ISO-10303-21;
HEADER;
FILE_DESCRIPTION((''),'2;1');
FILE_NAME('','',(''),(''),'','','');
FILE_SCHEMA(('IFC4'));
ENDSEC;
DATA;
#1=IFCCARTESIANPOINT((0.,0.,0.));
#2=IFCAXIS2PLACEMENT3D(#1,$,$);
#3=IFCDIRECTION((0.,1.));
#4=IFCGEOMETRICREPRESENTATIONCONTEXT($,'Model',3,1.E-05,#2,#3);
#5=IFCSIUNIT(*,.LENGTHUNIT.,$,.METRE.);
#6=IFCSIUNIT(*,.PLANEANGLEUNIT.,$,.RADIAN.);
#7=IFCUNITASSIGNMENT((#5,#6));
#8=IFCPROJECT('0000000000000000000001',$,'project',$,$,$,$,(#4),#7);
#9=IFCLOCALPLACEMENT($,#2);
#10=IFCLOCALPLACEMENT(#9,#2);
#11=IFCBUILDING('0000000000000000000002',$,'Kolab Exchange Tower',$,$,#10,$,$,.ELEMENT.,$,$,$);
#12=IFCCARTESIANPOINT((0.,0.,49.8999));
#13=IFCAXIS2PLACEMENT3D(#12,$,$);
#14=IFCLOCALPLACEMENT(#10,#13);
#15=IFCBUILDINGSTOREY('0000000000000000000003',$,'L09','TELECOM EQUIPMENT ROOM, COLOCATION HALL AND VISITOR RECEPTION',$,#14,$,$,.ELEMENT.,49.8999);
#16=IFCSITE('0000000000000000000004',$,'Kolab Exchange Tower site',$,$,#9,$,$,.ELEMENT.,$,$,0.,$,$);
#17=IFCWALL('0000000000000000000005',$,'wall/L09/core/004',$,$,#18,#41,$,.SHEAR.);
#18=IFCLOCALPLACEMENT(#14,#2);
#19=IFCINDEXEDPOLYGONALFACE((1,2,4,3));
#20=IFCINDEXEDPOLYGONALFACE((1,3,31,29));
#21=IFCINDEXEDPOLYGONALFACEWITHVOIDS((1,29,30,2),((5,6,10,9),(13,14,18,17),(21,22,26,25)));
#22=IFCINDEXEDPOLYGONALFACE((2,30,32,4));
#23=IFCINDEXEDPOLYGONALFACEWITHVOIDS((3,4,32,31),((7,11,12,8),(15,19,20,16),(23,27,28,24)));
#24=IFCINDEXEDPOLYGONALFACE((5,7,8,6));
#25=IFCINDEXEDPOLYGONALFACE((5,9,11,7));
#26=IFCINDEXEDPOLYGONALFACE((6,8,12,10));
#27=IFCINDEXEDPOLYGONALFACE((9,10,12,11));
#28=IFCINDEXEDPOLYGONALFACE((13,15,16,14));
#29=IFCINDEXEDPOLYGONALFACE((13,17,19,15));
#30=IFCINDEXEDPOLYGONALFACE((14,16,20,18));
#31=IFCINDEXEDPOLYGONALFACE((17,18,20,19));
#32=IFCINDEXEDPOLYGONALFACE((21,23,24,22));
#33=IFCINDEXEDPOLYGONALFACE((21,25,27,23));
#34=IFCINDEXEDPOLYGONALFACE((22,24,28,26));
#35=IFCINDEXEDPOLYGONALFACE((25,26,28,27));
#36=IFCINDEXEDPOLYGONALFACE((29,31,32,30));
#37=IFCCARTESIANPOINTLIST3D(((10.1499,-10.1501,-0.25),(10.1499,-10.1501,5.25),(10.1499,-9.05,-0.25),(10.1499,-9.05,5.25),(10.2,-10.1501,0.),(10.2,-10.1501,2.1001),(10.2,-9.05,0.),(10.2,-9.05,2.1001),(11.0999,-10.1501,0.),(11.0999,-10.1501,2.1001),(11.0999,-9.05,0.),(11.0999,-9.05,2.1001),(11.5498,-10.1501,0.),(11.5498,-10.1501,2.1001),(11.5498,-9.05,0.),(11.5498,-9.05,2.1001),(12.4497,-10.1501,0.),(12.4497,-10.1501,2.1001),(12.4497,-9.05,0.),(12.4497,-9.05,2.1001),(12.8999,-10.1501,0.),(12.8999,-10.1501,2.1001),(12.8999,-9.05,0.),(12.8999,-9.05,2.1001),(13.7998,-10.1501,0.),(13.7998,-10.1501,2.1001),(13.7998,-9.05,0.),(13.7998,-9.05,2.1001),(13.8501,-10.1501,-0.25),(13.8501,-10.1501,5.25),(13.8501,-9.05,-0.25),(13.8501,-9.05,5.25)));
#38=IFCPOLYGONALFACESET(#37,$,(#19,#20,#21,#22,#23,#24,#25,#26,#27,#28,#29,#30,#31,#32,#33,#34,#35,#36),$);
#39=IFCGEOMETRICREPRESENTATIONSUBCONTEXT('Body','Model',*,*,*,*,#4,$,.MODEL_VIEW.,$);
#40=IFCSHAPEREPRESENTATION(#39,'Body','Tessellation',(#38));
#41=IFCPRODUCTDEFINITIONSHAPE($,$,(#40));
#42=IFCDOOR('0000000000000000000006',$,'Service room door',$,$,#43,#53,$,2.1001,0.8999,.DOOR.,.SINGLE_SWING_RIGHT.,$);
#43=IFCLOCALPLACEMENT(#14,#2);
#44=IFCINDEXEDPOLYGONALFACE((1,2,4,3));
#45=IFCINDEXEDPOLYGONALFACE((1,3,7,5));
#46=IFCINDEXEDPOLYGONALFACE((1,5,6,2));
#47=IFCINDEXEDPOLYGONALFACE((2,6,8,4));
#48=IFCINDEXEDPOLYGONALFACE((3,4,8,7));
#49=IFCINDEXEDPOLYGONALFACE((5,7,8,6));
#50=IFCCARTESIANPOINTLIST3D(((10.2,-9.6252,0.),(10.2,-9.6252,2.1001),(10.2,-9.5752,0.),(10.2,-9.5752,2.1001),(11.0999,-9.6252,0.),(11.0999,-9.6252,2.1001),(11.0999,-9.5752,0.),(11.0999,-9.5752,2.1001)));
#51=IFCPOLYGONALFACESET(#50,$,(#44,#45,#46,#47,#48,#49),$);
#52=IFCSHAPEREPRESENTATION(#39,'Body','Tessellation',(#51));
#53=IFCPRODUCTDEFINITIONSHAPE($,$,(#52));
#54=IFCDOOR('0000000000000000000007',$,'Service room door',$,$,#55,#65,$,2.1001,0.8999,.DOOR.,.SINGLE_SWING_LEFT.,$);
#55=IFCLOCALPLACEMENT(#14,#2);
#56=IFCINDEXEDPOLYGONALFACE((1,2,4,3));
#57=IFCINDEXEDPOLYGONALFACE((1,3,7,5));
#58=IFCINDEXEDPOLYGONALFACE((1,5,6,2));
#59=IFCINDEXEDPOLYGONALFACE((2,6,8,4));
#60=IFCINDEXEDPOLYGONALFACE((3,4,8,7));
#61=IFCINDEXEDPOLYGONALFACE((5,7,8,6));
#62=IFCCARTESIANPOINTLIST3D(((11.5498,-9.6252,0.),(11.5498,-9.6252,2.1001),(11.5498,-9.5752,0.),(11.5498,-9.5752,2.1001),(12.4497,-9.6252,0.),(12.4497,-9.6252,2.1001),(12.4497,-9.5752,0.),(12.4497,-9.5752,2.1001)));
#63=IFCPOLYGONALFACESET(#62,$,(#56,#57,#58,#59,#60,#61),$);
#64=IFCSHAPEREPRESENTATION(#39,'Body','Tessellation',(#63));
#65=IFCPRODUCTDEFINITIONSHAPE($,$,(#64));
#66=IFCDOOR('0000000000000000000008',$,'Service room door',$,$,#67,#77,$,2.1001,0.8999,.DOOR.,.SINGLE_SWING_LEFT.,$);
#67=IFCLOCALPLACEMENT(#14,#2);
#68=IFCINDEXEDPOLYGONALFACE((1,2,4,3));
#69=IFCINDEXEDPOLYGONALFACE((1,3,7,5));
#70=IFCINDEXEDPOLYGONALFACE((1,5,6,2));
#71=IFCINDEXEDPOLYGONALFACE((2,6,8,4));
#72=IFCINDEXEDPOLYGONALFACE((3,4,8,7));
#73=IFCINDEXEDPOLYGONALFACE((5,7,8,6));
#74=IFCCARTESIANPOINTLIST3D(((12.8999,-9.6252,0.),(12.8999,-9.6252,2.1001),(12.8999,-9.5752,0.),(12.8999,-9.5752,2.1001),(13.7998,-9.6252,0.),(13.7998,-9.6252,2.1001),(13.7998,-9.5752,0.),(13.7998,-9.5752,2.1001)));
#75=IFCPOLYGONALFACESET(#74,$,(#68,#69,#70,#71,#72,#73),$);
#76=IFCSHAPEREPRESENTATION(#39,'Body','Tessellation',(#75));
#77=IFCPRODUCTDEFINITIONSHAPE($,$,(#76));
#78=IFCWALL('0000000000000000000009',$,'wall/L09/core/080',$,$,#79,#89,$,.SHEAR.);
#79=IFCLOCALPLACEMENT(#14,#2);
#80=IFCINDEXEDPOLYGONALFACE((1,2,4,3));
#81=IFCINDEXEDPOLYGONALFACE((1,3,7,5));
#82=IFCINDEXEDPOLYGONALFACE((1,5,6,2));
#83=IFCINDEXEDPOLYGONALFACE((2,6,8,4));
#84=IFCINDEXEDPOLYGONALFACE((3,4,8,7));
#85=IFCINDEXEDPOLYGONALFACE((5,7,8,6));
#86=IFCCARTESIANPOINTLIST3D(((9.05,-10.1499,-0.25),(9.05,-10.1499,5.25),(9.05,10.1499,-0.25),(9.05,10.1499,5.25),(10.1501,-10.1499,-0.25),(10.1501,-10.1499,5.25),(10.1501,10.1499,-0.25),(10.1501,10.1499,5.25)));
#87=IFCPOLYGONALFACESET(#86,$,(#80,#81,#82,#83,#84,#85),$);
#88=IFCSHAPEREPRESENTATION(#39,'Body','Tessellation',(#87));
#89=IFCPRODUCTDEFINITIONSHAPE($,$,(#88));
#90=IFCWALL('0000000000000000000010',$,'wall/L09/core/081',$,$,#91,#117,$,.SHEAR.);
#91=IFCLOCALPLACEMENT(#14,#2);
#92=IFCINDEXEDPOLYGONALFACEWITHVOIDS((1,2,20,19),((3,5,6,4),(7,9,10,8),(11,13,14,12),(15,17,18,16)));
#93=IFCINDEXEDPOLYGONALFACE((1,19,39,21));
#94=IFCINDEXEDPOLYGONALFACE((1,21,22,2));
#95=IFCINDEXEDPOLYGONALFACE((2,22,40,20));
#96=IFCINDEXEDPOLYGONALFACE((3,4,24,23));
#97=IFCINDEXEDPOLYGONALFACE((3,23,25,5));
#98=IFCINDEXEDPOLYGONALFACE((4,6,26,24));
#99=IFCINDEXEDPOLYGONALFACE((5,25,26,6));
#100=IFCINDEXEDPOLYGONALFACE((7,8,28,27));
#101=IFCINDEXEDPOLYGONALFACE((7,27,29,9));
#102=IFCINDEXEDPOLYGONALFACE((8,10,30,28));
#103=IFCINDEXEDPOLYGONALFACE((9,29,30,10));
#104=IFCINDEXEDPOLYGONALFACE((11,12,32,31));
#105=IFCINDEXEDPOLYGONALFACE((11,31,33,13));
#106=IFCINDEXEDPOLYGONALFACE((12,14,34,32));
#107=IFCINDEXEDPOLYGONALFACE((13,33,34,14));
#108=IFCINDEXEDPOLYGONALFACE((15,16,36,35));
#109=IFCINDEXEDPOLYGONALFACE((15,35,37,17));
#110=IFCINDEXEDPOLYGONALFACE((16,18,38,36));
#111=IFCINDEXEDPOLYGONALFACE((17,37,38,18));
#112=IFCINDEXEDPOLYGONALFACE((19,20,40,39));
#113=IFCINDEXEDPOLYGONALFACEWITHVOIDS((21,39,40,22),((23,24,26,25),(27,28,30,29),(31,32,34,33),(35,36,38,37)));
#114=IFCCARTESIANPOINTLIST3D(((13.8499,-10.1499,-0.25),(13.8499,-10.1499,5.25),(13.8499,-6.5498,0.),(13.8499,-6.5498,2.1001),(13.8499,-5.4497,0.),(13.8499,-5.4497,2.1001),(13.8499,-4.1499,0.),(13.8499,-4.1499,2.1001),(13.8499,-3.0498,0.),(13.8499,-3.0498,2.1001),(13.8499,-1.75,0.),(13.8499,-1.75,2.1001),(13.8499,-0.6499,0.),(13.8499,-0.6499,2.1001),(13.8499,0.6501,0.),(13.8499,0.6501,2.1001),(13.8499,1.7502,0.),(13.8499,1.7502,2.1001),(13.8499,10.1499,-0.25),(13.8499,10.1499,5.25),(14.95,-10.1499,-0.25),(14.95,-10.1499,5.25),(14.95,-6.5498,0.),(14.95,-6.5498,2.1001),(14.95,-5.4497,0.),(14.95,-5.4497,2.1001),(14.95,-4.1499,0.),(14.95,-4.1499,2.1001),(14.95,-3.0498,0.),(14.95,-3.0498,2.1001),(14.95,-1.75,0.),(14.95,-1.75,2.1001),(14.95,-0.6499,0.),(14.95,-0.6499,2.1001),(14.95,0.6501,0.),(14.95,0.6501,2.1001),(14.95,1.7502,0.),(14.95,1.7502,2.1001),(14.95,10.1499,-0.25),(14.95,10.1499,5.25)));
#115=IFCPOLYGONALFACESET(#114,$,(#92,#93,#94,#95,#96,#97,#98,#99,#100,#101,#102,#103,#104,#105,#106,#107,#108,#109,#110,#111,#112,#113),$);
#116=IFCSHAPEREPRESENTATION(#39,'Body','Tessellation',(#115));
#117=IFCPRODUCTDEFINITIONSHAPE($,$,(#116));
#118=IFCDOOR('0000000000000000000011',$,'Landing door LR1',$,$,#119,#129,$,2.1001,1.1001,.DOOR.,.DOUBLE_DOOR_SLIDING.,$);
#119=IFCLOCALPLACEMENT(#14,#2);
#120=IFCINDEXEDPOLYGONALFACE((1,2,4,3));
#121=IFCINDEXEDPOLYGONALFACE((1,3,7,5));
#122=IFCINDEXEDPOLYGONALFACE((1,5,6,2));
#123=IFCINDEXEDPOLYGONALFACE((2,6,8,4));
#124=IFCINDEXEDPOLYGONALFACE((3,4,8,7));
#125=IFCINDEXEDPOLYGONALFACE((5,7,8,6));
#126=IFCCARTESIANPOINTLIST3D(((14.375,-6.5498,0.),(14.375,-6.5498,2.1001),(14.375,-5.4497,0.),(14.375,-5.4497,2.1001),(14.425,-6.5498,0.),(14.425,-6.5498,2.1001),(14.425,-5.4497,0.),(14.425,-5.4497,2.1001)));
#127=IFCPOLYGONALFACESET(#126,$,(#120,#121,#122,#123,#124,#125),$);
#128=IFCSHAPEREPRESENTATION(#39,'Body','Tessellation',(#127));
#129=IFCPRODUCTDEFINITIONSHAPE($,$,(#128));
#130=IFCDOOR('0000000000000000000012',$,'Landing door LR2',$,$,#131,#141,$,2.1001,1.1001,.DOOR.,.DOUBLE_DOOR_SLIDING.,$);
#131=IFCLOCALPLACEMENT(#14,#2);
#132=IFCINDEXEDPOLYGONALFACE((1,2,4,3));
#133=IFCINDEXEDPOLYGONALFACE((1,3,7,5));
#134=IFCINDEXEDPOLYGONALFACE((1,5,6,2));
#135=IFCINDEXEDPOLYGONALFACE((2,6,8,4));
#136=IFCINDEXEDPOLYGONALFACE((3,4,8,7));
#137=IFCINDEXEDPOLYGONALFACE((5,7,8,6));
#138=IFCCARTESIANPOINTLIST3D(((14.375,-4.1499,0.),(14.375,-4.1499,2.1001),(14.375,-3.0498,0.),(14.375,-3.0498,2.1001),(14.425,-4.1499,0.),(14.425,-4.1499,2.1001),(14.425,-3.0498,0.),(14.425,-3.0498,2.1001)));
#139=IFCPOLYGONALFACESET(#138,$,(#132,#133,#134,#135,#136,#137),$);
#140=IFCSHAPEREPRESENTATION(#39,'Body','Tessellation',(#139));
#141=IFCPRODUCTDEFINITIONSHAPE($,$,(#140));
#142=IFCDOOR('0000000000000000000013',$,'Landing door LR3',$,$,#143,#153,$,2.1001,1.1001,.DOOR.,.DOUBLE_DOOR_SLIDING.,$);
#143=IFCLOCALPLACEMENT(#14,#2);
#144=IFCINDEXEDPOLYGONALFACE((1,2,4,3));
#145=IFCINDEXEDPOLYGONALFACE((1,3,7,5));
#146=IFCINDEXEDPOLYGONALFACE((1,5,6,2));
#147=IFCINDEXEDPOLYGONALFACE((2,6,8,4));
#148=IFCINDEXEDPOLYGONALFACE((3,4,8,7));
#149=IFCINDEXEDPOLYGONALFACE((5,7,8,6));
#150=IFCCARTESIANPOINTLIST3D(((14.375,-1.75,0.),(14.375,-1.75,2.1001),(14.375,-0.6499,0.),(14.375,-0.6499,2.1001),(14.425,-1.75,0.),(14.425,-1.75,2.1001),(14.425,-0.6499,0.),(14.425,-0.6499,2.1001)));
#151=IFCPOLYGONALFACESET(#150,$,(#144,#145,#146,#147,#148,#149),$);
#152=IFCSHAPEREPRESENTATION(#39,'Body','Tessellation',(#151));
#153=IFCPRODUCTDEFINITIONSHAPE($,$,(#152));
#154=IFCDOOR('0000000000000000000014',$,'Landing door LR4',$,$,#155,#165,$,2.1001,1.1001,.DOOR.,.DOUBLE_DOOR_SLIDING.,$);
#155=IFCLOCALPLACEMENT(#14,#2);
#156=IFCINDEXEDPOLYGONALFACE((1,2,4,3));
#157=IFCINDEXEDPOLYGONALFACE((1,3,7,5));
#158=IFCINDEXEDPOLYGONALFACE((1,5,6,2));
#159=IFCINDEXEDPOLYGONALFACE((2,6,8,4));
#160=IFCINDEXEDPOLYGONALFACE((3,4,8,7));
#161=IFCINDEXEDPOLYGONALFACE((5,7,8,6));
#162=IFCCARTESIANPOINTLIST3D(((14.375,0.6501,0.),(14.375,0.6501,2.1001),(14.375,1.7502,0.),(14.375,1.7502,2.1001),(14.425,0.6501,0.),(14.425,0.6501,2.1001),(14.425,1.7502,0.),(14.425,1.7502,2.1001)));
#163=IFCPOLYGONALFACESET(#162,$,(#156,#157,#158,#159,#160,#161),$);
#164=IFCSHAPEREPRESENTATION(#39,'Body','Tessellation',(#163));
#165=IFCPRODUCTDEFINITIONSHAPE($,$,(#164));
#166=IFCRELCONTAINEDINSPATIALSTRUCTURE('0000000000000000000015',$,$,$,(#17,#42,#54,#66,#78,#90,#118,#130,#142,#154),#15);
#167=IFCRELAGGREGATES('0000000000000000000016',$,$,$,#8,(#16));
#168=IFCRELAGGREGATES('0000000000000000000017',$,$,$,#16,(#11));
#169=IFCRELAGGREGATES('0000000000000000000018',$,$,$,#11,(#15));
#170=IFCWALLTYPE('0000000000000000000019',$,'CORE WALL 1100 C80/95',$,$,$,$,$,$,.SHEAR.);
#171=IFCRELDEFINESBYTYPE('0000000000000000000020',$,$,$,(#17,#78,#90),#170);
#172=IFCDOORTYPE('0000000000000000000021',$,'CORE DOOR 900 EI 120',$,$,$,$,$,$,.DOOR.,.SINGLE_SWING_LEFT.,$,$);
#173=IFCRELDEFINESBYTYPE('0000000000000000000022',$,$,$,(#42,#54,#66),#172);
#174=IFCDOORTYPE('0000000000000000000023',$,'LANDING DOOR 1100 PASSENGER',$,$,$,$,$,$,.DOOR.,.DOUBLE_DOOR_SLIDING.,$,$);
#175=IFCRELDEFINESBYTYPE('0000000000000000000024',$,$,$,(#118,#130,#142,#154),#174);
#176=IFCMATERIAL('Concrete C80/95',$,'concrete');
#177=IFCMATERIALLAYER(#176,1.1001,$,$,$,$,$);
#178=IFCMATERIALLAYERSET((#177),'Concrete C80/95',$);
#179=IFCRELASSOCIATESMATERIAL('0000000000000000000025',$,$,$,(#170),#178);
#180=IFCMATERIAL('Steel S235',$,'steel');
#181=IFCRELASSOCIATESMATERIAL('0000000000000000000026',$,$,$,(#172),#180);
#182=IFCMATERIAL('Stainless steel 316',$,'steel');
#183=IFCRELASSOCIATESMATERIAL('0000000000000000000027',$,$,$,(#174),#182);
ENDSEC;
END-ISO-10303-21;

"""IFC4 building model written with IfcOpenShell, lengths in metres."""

from ifc_helpers import new_model, si_unit, direction, frame, frame_2d, origin, place, context, subcontext, project, spatial, rectangle, extrude, material, layer, layer_set, type_object, element, fill, save


model = new_model("IFC4")

# Units and contexts
model_context = context("Model", 3, precision=1e-05, world=origin(), true_north=direction((0.0, 1.0)))
body_context = subcontext(model_context, "Body", "Model", "MODEL_VIEW")
ifc_project = project(units=[si_unit("LENGTHUNIT", "METRE"), si_unit("PLANEANGLEUNIT", "RADIAN")], contexts=[model_context])

# Site, building, storey
site_placement = place(None, origin())
site = spatial("IfcSite", under=ifc_project, at=site_placement, Name="Kolab Exchange Tower site", CompositionType="ELEMENT", RefElevation=0.0)
building_placement = place(site_placement, origin())
building = spatial("IfcBuilding", under=site, at=building_placement, Name="Kolab Exchange Tower", CompositionType="ELEMENT")
storey_placement = place(building_placement, frame((0.0, 0.0, 49.8999)))
storey = spatial("IfcBuildingStorey", under=building, at=storey_placement, Name="L09", Description="TELECOM EQUIPMENT ROOM, COLOCATION HALL AND VISITOR RECEPTION", CompositionType="ELEMENT", Elevation=49.8999)

# Shared definitions
ifc_material_1 = material(Name="Concrete C80/95", Category="concrete")

# Wall, openings, doors
ifc_layer_1 = layer(ifc_material_1, 1.1001)
ifc_layer_set_1 = layer_set([ifc_layer_1], Name="Concrete C80/95")
wall_type_1 = type_object("IfcWallType", Name="CORE WALL 1100 C80/95", PredefinedType="SHEAR", material=ifc_layer_set_1)
wall_1_placement = place(storey_placement, frame((10.1499, -9.6001, -0.25), z_axis=(0.0, 0.0, 1.0), x_axis=(1.0, 0.0, 0.0)))
wall_1 = element("IfcWall", 1, at=wall_1_placement, inside=storey, type_object=wall_type_1, Name="wall/L09/core/004", PredefinedType="SHEAR", context=body_context, shape_type="SweptSolid", body=[
    extrude(rectangle(XDim=3.7002, YDim=1.1001, at=frame_2d((1.8501, 0.0))), origin(), (0.0, 0.0, 1.0), 5.5),
])
opening_1_placement = place(wall_1_placement, frame((0.05, 0.0, 0.25)))
opening_1 = element("IfcOpeningElement", 2, at=opening_1_placement, cuts=wall_1, PredefinedType="OPENING", context=body_context, shape_type="SweptSolid", body=[
    extrude(rectangle(XDim=0.8999, YDim=2.1001, at=frame_2d((0.45, 1.05))), frame((0.0, 0.5601, 0.0), z_axis=(0.0, -1.0, 0.0), x_axis=(1.0, 0.0, 0.0)), (0.0, 0.0, 1.0), 1.1201),
])
opening_2_placement = place(wall_1_placement, frame((1.3999, 0.0, 0.25)))
opening_2 = element("IfcOpeningElement", 3, at=opening_2_placement, cuts=wall_1, PredefinedType="OPENING", context=body_context, shape_type="SweptSolid", body=[
    extrude(rectangle(XDim=0.8999, YDim=2.1001, at=frame_2d((0.45, 1.05))), frame((0.0, 0.5601, 0.0), z_axis=(0.0, -1.0, 0.0), x_axis=(1.0, 0.0, 0.0)), (0.0, 0.0, 1.0), 1.1201),
])
opening_3_placement = place(wall_1_placement, frame((2.75, 0.0, 0.25)))
opening_3 = element("IfcOpeningElement", 4, at=opening_3_placement, cuts=wall_1, PredefinedType="OPENING", context=body_context, shape_type="SweptSolid", body=[
    extrude(rectangle(XDim=0.8999, YDim=2.1001, at=frame_2d((0.45, 1.05))), frame((0.0, 0.5601, 0.0), z_axis=(0.0, -1.0, 0.0), x_axis=(1.0, 0.0, 0.0)), (0.0, 0.0, 1.0), 1.1201),
])
ifc_material_2 = material(Name="Steel S235", Category="steel")
door_type_1 = type_object("IfcDoorType", Name="CORE DOOR 900 EI 120", OperationType="SINGLE_SWING_LEFT", PredefinedType="DOOR", material=ifc_material_2)
door_1_placement = place(opening_1_placement, origin())
door_1 = element("IfcDoor", 5, at=door_1_placement, inside=storey, type_object=door_type_1, Name="Service room door", OperationType="SINGLE_SWING_RIGHT", OverallHeight=2.1001, OverallWidth=0.8999, PredefinedType="DOOR", context=body_context, shape_type="SweptSolid", body=[
    extrude(rectangle(XDim=0.8999, YDim=2.1001, at=frame_2d((0.45, 1.05))), frame((0.0, 0.0249, 0.0), z_axis=(0.0, -1.0, 0.0), x_axis=(1.0, 0.0, 0.0)), (0.0, 0.0, 1.0), 0.05),
])
fill(opening_1, door_1)
door_2_placement = place(opening_2_placement, origin())
door_2 = element("IfcDoor", 6, at=door_2_placement, inside=storey, type_object=door_type_1, Name="Service room door", OperationType="SINGLE_SWING_LEFT", OverallHeight=2.1001, OverallWidth=0.8999, PredefinedType="DOOR", context=body_context, shape_type="SweptSolid", body=[
    extrude(rectangle(XDim=0.8999, YDim=2.1001, at=frame_2d((0.45, 1.05))), frame((0.0, 0.0249, 0.0), z_axis=(0.0, -1.0, 0.0), x_axis=(1.0, 0.0, 0.0)), (0.0, 0.0, 1.0), 0.05),
])
fill(opening_2, door_2)
door_3_placement = place(opening_3_placement, origin())
door_3 = element("IfcDoor", 7, at=door_3_placement, inside=storey, type_object=door_type_1, Name="Service room door", OperationType="SINGLE_SWING_LEFT", OverallHeight=2.1001, OverallWidth=0.8999, PredefinedType="DOOR", context=body_context, shape_type="SweptSolid", body=[
    extrude(rectangle(XDim=0.8999, YDim=2.1001, at=frame_2d((0.45, 1.05))), frame((0.0, 0.0249, 0.0), z_axis=(0.0, -1.0, 0.0), x_axis=(1.0, 0.0, 0.0)), (0.0, 0.0, 1.0), 0.05),
])
fill(opening_3, door_3)

# Wall
wall_2_placement = place(storey_placement, frame((9.6001, -10.1499, -0.25), z_axis=(0.0, 0.0, 1.0), x_axis=(0.0, 1.0, 0.0)))
element("IfcWall", 8, at=wall_2_placement, inside=storey, type_object=wall_type_1, Name="wall/L09/core/080", PredefinedType="SHEAR", context=body_context, shape_type="SweptSolid", body=[
    extrude(rectangle(XDim=20.2998, YDim=1.1001, at=frame_2d((10.1499, 0.0))), origin(), (0.0, 0.0, 1.0), 5.5),
])

# Wall, openings, doors
wall_3_placement = place(storey_placement, frame((14.3999, -10.1499, -0.25), z_axis=(0.0, 0.0, 1.0), x_axis=(0.0, 1.0, 0.0)))
wall_3 = element("IfcWall", 9, at=wall_3_placement, inside=storey, type_object=wall_type_1, Name="wall/L09/core/081", PredefinedType="SHEAR", context=body_context, shape_type="SweptSolid", body=[
    extrude(rectangle(XDim=20.2998, YDim=1.1001, at=frame_2d((10.1499, 0.0))), origin(), (0.0, 0.0, 1.0), 5.5),
])
opening_4_placement = place(wall_3_placement, frame((3.6001, 0.0, 0.25)))
opening_4 = element("IfcOpeningElement", 10, at=opening_4_placement, cuts=wall_3, PredefinedType="OPENING", context=body_context, shape_type="SweptSolid", body=[
    extrude(rectangle(XDim=1.1001, YDim=2.1001, at=frame_2d((0.55, 1.05))), frame((0.0, 0.5601, 0.0), z_axis=(0.0, -1.0, 0.0), x_axis=(1.0, 0.0, 0.0)), (0.0, 0.0, 1.0), 1.1201),
])
opening_5_placement = place(wall_3_placement, frame((6.0, 0.0, 0.25)))
opening_5 = element("IfcOpeningElement", 11, at=opening_5_placement, cuts=wall_3, PredefinedType="OPENING", context=body_context, shape_type="SweptSolid", body=[
    extrude(rectangle(XDim=1.1001, YDim=2.1001, at=frame_2d((0.55, 1.05))), frame((0.0, 0.5601, 0.0), z_axis=(0.0, -1.0, 0.0), x_axis=(1.0, 0.0, 0.0)), (0.0, 0.0, 1.0), 1.1201),
])
opening_6_placement = place(wall_3_placement, frame((8.3999, 0.0, 0.25)))
opening_6 = element("IfcOpeningElement", 12, at=opening_6_placement, cuts=wall_3, PredefinedType="OPENING", context=body_context, shape_type="SweptSolid", body=[
    extrude(rectangle(XDim=1.1001, YDim=2.1001, at=frame_2d((0.55, 1.05))), frame((0.0, 0.5601, 0.0), z_axis=(0.0, -1.0, 0.0), x_axis=(1.0, 0.0, 0.0)), (0.0, 0.0, 1.0), 1.1201),
])
opening_7_placement = place(wall_3_placement, frame((10.8, 0.0, 0.25)))
opening_7 = element("IfcOpeningElement", 13, at=opening_7_placement, cuts=wall_3, PredefinedType="OPENING", context=body_context, shape_type="SweptSolid", body=[
    extrude(rectangle(XDim=1.1001, YDim=2.1001, at=frame_2d((0.55, 1.05))), frame((0.0, 0.5601, 0.0), z_axis=(0.0, -1.0, 0.0), x_axis=(1.0, 0.0, 0.0)), (0.0, 0.0, 1.0), 1.1201),
])
ifc_material_3 = material(Name="Stainless steel 316", Category="steel")
door_type_2 = type_object("IfcDoorType", Name="LANDING DOOR 1100 PASSENGER", OperationType="DOUBLE_DOOR_SLIDING", PredefinedType="DOOR", material=ifc_material_3)
door_4_placement = place(opening_4_placement, origin())
door_4 = element("IfcDoor", 14, at=door_4_placement, inside=storey, type_object=door_type_2, Name="Landing door LR1", OperationType="DOUBLE_DOOR_SLIDING", OverallHeight=2.1001, OverallWidth=1.1001, PredefinedType="DOOR", context=body_context, shape_type="SweptSolid", body=[
    extrude(rectangle(XDim=1.1001, YDim=2.1001, at=frame_2d((0.55, 1.05))), frame((0.0, 0.0249, 0.0), z_axis=(0.0, -1.0, 0.0), x_axis=(1.0, 0.0, 0.0)), (0.0, 0.0, 1.0), 0.05),
])
fill(opening_4, door_4)
door_5_placement = place(opening_5_placement, origin())
door_5 = element("IfcDoor", 15, at=door_5_placement, inside=storey, type_object=door_type_2, Name="Landing door LR2", OperationType="DOUBLE_DOOR_SLIDING", OverallHeight=2.1001, OverallWidth=1.1001, PredefinedType="DOOR", context=body_context, shape_type="SweptSolid", body=[
    extrude(rectangle(XDim=1.1001, YDim=2.1001, at=frame_2d((0.55, 1.05))), frame((0.0, 0.0249, 0.0), z_axis=(0.0, -1.0, 0.0), x_axis=(1.0, 0.0, 0.0)), (0.0, 0.0, 1.0), 0.05),
])
fill(opening_5, door_5)
door_6_placement = place(opening_6_placement, origin())
door_6 = element("IfcDoor", 16, at=door_6_placement, inside=storey, type_object=door_type_2, Name="Landing door LR3", OperationType="DOUBLE_DOOR_SLIDING", OverallHeight=2.1001, OverallWidth=1.1001, PredefinedType="DOOR", context=body_context, shape_type="SweptSolid", body=[
    extrude(rectangle(XDim=1.1001, YDim=2.1001, at=frame_2d((0.55, 1.05))), frame((0.0, 0.0249, 0.0), z_axis=(0.0, -1.0, 0.0), x_axis=(1.0, 0.0, 0.0)), (0.0, 0.0, 1.0), 0.05),
])
fill(opening_6, door_6)
door_7_placement = place(opening_7_placement, origin())
door_7 = element("IfcDoor", 17, at=door_7_placement, inside=storey, type_object=door_type_2, Name="Landing door LR4", OperationType="DOUBLE_DOOR_SLIDING", OverallHeight=2.1001, OverallWidth=1.1001, PredefinedType="DOOR", context=body_context, shape_type="SweptSolid", body=[
    extrude(rectangle(XDim=1.1001, YDim=2.1001, at=frame_2d((0.55, 1.05))), frame((0.0, 0.0249, 0.0), z_axis=(0.0, -1.0, 0.0), x_axis=(1.0, 0.0, 0.0)), (0.0, 0.0, 1.0), 0.05),
])
fill(opening_7, door_7)

save(model, "model.ifc")
